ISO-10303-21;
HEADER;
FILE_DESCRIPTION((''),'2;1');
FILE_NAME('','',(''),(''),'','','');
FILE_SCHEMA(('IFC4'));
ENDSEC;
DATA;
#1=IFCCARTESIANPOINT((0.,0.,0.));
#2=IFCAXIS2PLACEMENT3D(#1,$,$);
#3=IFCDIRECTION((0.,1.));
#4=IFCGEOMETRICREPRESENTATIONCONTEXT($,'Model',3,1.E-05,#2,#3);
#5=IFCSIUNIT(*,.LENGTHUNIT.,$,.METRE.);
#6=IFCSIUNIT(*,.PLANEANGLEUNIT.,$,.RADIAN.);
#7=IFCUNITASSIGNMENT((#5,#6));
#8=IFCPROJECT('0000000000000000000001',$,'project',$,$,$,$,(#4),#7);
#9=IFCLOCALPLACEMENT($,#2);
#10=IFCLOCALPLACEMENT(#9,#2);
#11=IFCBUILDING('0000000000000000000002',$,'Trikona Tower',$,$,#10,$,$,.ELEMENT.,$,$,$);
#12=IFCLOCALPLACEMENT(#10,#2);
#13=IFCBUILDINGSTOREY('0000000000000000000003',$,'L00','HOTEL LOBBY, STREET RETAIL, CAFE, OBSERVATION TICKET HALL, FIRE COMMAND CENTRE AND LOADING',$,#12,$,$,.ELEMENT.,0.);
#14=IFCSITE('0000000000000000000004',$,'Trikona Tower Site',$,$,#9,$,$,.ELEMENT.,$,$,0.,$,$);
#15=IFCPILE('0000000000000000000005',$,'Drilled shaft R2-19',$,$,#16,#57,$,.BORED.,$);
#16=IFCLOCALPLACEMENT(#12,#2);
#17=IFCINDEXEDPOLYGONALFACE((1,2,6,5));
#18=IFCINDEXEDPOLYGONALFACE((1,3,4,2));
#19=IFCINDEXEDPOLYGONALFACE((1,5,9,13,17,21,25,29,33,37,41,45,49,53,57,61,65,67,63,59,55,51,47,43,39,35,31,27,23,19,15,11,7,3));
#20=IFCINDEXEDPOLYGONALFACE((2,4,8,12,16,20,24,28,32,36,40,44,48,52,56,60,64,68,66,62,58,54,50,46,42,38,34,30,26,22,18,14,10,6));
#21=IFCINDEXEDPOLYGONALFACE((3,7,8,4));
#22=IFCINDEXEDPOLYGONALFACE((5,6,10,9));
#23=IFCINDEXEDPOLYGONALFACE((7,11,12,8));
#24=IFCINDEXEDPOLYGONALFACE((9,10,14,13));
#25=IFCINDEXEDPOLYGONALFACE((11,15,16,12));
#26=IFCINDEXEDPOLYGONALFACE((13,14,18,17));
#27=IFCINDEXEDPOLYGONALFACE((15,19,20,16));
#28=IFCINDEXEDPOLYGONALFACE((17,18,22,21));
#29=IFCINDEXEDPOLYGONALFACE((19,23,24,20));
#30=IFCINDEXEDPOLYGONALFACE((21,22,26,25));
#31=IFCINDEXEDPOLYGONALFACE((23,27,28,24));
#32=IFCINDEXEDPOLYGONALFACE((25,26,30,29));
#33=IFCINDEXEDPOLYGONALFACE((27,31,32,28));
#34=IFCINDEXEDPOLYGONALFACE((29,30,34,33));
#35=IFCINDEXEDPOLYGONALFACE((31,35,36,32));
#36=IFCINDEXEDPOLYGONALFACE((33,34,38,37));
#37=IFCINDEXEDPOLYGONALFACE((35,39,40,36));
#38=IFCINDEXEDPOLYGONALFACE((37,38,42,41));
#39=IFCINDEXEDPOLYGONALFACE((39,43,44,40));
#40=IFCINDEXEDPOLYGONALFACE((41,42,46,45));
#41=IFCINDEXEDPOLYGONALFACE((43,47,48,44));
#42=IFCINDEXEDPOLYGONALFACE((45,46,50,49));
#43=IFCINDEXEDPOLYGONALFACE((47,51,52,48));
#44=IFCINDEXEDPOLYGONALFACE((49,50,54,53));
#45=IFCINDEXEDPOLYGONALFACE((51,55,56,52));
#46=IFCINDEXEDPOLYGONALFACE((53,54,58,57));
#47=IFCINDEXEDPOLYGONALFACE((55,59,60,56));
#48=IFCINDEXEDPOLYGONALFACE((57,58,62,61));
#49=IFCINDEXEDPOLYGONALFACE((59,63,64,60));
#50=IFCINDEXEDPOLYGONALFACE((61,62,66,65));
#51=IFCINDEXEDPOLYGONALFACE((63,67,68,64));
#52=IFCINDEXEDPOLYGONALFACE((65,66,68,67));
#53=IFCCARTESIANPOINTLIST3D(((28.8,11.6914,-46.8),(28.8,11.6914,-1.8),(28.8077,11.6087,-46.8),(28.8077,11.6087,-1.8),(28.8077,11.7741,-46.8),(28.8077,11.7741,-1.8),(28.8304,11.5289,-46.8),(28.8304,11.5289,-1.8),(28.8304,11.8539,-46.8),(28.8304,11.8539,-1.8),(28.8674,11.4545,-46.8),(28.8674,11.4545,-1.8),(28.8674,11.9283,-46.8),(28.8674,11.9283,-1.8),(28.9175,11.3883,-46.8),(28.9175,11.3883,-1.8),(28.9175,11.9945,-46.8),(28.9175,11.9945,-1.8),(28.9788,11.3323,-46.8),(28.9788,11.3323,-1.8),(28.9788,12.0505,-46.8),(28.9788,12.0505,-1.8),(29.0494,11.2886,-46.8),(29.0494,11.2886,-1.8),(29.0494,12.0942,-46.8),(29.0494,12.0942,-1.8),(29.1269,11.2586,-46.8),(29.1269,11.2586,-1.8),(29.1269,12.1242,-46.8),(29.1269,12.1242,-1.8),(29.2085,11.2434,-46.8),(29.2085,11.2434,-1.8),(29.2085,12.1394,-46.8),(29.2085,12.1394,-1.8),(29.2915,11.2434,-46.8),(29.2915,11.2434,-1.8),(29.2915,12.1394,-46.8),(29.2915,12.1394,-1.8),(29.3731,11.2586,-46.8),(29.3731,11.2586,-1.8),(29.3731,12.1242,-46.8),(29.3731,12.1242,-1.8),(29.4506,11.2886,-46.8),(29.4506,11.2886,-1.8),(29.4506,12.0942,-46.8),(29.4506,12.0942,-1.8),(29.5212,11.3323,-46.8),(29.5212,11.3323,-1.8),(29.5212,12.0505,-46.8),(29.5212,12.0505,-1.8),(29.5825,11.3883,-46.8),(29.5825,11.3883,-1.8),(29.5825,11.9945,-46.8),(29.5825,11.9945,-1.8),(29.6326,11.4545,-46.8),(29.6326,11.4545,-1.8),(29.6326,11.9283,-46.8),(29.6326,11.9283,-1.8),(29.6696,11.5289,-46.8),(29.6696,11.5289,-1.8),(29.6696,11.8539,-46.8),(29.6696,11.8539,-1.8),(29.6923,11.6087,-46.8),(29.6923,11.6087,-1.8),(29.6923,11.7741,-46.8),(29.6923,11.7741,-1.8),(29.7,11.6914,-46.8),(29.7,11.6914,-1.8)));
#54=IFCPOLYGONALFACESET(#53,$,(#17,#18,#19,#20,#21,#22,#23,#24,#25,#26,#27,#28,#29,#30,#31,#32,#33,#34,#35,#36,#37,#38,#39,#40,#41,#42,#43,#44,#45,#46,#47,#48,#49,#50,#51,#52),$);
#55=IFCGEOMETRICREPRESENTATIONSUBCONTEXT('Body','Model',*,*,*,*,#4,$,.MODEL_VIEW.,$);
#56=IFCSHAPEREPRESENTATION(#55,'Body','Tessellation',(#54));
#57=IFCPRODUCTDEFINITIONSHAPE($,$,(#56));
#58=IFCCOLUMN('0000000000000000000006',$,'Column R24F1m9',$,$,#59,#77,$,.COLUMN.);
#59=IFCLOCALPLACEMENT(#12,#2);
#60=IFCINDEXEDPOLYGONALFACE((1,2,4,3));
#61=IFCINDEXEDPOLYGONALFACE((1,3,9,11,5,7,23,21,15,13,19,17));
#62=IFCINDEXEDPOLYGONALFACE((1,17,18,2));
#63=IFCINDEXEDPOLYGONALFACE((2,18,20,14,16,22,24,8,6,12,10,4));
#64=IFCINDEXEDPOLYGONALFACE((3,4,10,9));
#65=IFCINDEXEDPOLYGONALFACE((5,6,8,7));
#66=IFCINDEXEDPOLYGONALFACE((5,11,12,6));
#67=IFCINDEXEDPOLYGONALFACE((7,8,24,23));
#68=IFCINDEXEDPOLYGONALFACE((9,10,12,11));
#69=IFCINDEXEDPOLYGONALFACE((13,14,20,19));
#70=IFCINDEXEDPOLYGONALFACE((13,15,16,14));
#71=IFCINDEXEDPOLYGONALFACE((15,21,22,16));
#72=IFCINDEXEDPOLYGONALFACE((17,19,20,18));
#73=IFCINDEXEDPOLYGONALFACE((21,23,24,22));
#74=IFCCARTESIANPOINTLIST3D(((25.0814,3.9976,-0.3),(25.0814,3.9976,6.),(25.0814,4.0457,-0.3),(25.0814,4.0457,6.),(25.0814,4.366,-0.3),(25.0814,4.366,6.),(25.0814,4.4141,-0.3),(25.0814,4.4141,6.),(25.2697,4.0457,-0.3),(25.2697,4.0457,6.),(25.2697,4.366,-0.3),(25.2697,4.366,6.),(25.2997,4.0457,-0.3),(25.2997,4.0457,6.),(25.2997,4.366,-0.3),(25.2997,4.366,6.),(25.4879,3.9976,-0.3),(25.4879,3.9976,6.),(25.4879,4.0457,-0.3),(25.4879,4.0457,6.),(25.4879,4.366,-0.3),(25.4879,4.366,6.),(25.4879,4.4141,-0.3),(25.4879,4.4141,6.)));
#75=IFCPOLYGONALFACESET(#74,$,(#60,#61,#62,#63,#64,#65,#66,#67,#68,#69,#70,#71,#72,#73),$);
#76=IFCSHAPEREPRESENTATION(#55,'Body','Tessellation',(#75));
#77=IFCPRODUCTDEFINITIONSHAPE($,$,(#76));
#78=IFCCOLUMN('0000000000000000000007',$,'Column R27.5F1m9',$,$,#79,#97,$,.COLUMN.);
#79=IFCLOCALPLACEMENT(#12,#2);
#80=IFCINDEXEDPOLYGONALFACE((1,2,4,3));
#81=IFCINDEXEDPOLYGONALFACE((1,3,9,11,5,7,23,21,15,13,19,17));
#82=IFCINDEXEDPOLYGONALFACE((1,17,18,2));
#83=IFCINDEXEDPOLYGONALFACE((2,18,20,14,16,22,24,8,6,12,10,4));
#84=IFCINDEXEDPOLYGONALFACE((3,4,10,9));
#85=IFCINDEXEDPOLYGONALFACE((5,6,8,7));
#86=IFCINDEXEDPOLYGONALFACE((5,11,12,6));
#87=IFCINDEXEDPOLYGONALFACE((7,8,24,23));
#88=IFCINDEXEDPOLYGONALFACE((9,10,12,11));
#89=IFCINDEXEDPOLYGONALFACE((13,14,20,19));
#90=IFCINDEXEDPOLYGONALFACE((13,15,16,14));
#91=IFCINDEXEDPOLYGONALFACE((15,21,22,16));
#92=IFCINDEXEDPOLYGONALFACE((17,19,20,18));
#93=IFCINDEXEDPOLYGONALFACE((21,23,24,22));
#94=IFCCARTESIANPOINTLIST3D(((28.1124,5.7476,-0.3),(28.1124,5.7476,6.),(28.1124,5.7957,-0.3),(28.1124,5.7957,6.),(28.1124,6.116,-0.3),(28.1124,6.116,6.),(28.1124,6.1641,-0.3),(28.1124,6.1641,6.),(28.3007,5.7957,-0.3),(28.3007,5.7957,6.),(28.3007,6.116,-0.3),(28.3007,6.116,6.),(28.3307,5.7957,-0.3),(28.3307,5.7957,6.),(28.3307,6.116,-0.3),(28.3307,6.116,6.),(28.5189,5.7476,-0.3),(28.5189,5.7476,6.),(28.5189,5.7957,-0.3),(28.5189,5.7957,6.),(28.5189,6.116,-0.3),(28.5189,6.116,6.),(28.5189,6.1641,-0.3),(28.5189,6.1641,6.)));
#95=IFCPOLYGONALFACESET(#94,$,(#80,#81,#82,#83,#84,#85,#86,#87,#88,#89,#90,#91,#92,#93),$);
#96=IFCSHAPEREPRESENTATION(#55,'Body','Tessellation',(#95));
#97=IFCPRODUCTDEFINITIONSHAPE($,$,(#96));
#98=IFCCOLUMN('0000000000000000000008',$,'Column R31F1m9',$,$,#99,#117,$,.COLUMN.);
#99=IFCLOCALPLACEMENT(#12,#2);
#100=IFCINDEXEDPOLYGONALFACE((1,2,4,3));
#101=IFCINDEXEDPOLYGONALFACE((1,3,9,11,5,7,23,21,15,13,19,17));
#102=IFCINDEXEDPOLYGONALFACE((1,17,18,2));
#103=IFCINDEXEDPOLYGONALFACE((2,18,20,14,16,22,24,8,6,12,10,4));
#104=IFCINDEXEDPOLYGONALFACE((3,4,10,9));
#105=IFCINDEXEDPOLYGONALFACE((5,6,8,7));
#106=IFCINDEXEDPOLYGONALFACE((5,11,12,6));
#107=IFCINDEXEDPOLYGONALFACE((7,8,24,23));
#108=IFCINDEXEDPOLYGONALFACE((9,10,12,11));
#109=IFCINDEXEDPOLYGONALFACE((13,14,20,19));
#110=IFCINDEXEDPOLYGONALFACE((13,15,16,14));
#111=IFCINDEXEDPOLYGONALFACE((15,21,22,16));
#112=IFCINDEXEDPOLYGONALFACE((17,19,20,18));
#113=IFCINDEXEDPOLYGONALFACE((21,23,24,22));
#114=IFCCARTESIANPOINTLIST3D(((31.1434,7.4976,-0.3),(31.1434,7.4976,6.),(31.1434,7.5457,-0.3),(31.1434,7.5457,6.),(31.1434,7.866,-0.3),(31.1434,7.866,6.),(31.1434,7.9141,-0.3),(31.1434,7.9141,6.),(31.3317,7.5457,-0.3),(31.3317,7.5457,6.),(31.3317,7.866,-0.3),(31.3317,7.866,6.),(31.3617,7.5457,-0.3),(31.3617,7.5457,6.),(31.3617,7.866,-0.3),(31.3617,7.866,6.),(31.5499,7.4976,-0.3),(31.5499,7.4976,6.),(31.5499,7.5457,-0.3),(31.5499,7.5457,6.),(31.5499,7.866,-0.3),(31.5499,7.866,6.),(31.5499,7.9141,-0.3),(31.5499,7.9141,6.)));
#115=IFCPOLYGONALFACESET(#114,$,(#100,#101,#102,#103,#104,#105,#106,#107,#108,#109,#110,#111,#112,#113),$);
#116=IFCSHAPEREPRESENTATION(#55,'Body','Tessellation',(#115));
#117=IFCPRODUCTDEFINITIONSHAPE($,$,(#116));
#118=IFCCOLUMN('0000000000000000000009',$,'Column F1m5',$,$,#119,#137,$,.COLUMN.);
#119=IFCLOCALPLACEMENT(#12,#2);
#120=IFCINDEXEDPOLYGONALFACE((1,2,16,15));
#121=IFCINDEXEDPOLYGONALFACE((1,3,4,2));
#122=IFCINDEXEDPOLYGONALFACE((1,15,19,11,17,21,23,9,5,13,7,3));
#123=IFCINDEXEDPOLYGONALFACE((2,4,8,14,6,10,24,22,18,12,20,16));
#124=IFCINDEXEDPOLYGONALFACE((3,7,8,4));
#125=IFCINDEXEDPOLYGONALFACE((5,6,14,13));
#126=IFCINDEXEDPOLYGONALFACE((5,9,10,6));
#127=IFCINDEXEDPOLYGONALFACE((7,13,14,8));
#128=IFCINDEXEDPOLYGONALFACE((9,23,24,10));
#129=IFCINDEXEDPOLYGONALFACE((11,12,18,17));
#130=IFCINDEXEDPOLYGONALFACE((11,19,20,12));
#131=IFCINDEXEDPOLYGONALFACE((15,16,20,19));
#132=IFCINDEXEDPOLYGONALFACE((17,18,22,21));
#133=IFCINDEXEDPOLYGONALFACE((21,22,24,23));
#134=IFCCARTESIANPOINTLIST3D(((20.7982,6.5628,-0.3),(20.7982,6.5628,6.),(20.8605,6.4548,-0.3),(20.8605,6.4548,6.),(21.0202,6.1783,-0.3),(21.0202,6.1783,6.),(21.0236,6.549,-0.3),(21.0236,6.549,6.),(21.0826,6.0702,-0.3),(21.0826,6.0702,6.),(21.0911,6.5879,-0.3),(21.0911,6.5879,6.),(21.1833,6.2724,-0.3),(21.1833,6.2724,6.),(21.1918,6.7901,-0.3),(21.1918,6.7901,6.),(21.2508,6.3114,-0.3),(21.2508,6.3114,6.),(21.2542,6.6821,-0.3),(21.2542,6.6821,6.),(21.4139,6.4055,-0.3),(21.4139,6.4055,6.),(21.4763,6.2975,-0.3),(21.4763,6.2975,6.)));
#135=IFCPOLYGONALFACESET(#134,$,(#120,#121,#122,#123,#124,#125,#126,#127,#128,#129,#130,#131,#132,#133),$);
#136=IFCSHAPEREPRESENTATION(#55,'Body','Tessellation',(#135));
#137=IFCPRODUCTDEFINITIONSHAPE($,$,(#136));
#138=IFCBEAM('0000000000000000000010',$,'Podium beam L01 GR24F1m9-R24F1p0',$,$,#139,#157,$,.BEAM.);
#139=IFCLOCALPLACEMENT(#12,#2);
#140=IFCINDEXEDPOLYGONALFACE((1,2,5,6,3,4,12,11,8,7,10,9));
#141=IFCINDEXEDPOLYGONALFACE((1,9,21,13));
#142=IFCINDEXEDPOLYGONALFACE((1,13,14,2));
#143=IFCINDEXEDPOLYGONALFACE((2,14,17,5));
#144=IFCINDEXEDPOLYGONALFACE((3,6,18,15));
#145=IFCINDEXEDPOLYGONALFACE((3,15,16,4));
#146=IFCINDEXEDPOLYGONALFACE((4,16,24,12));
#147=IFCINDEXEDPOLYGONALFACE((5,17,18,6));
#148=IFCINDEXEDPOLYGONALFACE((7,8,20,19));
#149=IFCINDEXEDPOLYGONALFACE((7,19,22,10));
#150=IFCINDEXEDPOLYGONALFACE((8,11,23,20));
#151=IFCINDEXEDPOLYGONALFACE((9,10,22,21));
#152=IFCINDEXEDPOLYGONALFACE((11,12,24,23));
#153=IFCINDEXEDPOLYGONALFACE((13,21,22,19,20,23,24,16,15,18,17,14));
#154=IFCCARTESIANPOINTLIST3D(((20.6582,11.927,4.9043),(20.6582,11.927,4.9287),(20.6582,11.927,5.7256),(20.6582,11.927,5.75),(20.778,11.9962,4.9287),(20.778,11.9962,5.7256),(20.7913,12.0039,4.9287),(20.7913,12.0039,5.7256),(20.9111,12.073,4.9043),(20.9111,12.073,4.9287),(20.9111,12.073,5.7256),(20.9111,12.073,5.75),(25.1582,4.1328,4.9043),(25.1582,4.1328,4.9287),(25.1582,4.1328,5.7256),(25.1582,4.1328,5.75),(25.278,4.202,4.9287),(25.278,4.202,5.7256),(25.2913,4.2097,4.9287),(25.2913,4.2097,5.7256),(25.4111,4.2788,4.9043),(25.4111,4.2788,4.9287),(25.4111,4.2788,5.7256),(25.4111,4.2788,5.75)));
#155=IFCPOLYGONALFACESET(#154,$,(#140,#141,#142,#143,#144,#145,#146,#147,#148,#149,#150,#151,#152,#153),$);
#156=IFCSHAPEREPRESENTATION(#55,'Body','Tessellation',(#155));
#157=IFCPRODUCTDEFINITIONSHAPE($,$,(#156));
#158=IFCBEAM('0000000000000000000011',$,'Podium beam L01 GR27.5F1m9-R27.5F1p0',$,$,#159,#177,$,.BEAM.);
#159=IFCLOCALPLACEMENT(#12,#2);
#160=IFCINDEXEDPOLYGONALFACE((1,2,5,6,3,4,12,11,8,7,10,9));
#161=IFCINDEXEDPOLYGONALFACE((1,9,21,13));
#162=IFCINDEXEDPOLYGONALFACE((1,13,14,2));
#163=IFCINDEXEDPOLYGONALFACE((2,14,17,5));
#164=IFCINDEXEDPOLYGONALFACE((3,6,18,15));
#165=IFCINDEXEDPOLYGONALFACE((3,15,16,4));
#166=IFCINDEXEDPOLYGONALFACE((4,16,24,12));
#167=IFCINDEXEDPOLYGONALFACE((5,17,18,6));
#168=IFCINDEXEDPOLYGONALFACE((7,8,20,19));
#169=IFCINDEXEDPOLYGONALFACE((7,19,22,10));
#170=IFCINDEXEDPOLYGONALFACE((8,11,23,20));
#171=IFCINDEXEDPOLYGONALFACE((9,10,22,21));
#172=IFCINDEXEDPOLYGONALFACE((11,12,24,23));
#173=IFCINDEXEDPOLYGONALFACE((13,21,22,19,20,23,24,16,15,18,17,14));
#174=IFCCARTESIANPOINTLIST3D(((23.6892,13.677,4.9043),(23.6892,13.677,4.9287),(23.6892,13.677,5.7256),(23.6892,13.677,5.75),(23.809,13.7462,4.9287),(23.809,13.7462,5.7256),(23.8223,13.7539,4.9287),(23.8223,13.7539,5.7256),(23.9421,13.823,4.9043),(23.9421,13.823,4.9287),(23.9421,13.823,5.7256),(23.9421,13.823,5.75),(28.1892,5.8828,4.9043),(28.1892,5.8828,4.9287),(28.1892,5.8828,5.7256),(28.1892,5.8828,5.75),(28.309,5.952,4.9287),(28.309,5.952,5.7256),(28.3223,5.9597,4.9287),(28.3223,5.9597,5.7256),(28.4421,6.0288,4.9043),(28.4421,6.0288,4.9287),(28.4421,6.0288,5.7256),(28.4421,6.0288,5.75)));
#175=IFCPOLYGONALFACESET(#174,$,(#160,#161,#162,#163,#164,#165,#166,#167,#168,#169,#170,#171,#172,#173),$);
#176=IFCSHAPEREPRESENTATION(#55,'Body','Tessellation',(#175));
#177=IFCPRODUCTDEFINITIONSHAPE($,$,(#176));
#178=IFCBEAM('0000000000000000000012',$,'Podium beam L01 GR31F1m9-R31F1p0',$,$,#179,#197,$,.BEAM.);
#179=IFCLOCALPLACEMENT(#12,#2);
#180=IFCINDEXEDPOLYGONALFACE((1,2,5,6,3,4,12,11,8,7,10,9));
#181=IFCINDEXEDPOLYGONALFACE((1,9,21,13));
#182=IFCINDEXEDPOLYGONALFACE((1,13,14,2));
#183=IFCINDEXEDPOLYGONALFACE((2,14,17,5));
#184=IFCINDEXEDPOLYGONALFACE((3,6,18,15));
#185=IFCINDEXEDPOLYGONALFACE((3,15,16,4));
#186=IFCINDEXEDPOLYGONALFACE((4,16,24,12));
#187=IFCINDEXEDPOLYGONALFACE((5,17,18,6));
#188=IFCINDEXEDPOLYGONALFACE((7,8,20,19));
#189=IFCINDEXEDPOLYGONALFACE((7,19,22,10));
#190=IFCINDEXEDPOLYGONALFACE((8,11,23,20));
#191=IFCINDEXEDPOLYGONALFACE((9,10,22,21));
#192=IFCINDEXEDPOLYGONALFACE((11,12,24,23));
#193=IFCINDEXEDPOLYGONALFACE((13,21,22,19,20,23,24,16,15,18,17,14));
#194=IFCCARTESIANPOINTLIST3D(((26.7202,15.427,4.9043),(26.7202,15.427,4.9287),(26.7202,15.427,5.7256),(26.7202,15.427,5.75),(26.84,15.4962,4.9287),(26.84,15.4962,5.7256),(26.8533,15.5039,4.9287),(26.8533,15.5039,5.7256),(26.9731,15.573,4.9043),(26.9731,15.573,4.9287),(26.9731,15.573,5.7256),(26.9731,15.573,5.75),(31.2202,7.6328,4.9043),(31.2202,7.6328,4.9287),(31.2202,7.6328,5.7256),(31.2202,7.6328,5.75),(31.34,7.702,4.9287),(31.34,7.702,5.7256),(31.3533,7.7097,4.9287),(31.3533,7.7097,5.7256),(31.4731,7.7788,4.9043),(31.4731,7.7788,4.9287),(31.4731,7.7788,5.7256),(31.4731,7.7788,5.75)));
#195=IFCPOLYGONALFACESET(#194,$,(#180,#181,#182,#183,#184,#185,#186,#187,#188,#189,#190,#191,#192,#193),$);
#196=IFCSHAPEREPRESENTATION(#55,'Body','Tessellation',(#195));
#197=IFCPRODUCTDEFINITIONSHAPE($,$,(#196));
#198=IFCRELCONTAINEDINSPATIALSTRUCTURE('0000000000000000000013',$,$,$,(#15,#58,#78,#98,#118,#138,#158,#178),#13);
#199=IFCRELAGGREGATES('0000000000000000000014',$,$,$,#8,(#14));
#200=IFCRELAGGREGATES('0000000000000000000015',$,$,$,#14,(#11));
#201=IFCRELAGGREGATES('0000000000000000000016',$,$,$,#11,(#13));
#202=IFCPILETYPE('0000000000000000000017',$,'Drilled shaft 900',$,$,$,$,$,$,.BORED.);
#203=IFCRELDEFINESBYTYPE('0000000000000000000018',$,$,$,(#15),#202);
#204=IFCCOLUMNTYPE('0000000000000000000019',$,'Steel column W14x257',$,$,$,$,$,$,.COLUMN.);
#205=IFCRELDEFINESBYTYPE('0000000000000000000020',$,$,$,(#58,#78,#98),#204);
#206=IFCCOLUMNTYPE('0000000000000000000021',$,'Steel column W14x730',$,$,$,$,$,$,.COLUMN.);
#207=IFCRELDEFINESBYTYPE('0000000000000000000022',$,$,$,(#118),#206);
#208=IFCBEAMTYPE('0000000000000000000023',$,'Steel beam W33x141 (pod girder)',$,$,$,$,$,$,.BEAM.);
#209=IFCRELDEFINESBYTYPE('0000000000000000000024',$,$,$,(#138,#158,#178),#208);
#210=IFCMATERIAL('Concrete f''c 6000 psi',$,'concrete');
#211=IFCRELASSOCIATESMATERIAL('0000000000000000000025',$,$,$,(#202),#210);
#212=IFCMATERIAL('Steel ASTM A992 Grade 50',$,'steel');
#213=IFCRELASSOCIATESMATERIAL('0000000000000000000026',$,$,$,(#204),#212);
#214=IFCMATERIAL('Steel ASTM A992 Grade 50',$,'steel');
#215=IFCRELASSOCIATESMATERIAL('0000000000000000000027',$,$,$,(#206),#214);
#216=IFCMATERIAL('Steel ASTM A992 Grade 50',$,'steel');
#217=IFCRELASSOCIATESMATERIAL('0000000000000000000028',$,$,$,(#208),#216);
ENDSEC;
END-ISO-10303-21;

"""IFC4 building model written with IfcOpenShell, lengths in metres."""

from ifc_helpers import new_model, si_unit, direction, frame, origin, origin_2d, place, context, subcontext, project, spatial, circle, i_section, extrude, material, material_profile, profile_set, type_object, element, save


model = new_model("IFC4")

# Units and contexts
model_context = context("Model", 3, precision=1e-05, world=origin(), true_north=direction((0.0, 1.0)))
body_context = subcontext(model_context, "Body", "Model", "MODEL_VIEW")
ifc_project = project(units=[si_unit("LENGTHUNIT", "METRE"), si_unit("PLANEANGLEUNIT", "RADIAN")], contexts=[model_context])

# Site, building, storey
site_placement = place(None, origin())
site = spatial("IfcSite", under=ifc_project, at=site_placement, Name="Trikona Tower Site", CompositionType="ELEMENT", RefElevation=0.0)
building_placement = place(site_placement, origin())
building = spatial("IfcBuilding", under=site, at=building_placement, Name="Trikona Tower", CompositionType="ELEMENT")
storey_placement = place(building_placement, origin())
storey = spatial("IfcBuildingStorey", under=building, at=storey_placement, Name="L00", Description="HOTEL LOBBY, STREET RETAIL, CAFE, OBSERVATION TICKET HALL, FIRE COMMAND CENTRE AND LOADING", CompositionType="ELEMENT", Elevation=0.0)

# Pile
ifc_material_1 = material(Name="Concrete f'c 6000 psi", Category="concrete")
pile_type_1 = type_object("IfcPileType", Name="Drilled shaft 900", PredefinedType="BORED", material=ifc_material_1)
for number, where, z_axis, x_axis, name in (
    (1, (29.25, 11.6914, -1.8), (0.0, 0.0, -1.0), (1.0, 0.0, 0.0), "Drilled shaft R2-19"),
):
    element("IfcPile", number, at=place(storey_placement, frame(where, z_axis=z_axis, x_axis=x_axis)), inside=storey, type_object=pile_type_1, Name=name, PredefinedType="BORED", context=body_context, shape_type="SweptSolid", body=[
        extrude(circle(Radius=0.45, at=origin_2d()), origin(), (0.0, 0.0, 1.0), 45.0),
    ])

# Columns
ifc_material_2 = material(Name="Steel ASTM A992 Grade 50", Category="steel")
ifc_material_profile_1 = material_profile(ifc_material_2, i_section(OverallWidth=0.4065, OverallDepth=0.4165, WebThickness=0.03, FlangeThickness=0.0481, at=origin_2d()), Name="W14X257")
ifc_profile_set_1 = profile_set([ifc_material_profile_1], Name="Steel ASTM A992 Grade 50")
column_type_1 = type_object("IfcColumnType", Name="Steel column W14x257", PredefinedType="COLUMN", material=ifc_profile_set_1)
for number, where, z_axis, x_axis, name in (
    (2, (25.2847, 4.2058, -0.3), (0.0, 0.0, 1.0), (1.0, 0.0, 0.0), "Column R24F1m9"),
    (3, (28.3157, 5.9558, -0.3), (0.0, 0.0, 1.0), (1.0, 0.0, 0.0), "Column R27.5F1m9"),
    (4, (31.3467, 7.7058, -0.3), (0.0, 0.0, 1.0), (1.0, 0.0, 0.0), "Column R31F1m9"),
):
    element("IfcColumn", number, at=place(storey_placement, frame(where, z_axis=z_axis, x_axis=x_axis)), inside=storey, type_object=column_type_1, Name=name, PredefinedType="COLUMN", context=body_context, shape_type="SweptSolid", body=[
        extrude(i_section(OverallWidth=0.4065, OverallDepth=0.4165, WebThickness=0.03, FlangeThickness=0.0481, at=origin_2d()), origin(), (0.0, 0.0, 1.0), 6.3),
    ])
ifc_material_3 = material(Name="Steel ASTM A992 Grade 50", Category="steel")
ifc_material_profile_2 = material_profile(ifc_material_3, i_section(OverallWidth=0.4546, OverallDepth=0.5688, WebThickness=0.0779, FlangeThickness=0.1248, at=origin_2d()), Name="W14X730")
ifc_profile_set_2 = profile_set([ifc_material_profile_2], Name="Steel ASTM A992 Grade 50")
column_type_2 = type_object("IfcColumnType", Name="Steel column W14x730", PredefinedType="COLUMN", material=ifc_profile_set_2)
column_placement = place(storey_placement, frame((21.1372, 6.4302, -0.3), z_axis=(0.0, 0.0, 1.0), x_axis=(0.866025, 0.5, 0.0)))
element("IfcColumn", 5, at=column_placement, inside=storey, type_object=column_type_2, Name="Column F1m5", PredefinedType="COLUMN", context=body_context, shape_type="SweptSolid", body=[
    extrude(i_section(OverallWidth=0.4546, OverallDepth=0.5688, WebThickness=0.0779, FlangeThickness=0.1248, at=origin_2d()), origin(), (0.0, 0.0, 1.0), 6.3),
])

# Beams
ifc_material_4 = material(Name="Steel ASTM A992 Grade 50", Category="steel")
ifc_material_profile_3 = material_profile(ifc_material_4, i_section(OverallWidth=0.292, OverallDepth=0.8457, WebThickness=0.0154, FlangeThickness=0.0244, at=origin_2d()), Name="W33X141")
ifc_profile_set_3 = profile_set([ifc_material_profile_3], Name="Steel ASTM A992 Grade 50")
beam_type_1 = type_object("IfcBeamType", Name="Steel beam W33x141 (pod girder)", PredefinedType="BEAM", material=ifc_profile_set_3)
for number, where, z_axis, x_axis, name in (
    (6, (25.2847, 4.2058, 5.3271), (-0.500002, 0.866024, 0.0), (-0.866024, -0.500002, 0.0), "Podium beam L01 GR24F1m9-R24F1p0"),
    (7, (28.3157, 5.9558, 5.3271), (-0.500002, 0.866024, 0.0), (-0.866024, -0.500002, 0.0), "Podium beam L01 GR27.5F1m9-R27.5F1p0"),
    (8, (31.3467, 7.7058, 5.3271), (-0.500002, 0.866024, 0.0), (-0.866024, -0.500002, 0.0), "Podium beam L01 GR31F1m9-R31F1p0"),
):
    element("IfcBeam", number, at=place(storey_placement, frame(where, z_axis=z_axis, x_axis=x_axis)), inside=storey, type_object=beam_type_1, Name=name, PredefinedType="BEAM", context=body_context, shape_type="SweptSolid", body=[
        extrude(i_section(OverallWidth=0.292, OverallDepth=0.8457, WebThickness=0.0154, FlangeThickness=0.0244, at=origin_2d()), origin(), (0.0, 0.0, 1.0), 9.0),
    ])

save(model, "model.ifc")
